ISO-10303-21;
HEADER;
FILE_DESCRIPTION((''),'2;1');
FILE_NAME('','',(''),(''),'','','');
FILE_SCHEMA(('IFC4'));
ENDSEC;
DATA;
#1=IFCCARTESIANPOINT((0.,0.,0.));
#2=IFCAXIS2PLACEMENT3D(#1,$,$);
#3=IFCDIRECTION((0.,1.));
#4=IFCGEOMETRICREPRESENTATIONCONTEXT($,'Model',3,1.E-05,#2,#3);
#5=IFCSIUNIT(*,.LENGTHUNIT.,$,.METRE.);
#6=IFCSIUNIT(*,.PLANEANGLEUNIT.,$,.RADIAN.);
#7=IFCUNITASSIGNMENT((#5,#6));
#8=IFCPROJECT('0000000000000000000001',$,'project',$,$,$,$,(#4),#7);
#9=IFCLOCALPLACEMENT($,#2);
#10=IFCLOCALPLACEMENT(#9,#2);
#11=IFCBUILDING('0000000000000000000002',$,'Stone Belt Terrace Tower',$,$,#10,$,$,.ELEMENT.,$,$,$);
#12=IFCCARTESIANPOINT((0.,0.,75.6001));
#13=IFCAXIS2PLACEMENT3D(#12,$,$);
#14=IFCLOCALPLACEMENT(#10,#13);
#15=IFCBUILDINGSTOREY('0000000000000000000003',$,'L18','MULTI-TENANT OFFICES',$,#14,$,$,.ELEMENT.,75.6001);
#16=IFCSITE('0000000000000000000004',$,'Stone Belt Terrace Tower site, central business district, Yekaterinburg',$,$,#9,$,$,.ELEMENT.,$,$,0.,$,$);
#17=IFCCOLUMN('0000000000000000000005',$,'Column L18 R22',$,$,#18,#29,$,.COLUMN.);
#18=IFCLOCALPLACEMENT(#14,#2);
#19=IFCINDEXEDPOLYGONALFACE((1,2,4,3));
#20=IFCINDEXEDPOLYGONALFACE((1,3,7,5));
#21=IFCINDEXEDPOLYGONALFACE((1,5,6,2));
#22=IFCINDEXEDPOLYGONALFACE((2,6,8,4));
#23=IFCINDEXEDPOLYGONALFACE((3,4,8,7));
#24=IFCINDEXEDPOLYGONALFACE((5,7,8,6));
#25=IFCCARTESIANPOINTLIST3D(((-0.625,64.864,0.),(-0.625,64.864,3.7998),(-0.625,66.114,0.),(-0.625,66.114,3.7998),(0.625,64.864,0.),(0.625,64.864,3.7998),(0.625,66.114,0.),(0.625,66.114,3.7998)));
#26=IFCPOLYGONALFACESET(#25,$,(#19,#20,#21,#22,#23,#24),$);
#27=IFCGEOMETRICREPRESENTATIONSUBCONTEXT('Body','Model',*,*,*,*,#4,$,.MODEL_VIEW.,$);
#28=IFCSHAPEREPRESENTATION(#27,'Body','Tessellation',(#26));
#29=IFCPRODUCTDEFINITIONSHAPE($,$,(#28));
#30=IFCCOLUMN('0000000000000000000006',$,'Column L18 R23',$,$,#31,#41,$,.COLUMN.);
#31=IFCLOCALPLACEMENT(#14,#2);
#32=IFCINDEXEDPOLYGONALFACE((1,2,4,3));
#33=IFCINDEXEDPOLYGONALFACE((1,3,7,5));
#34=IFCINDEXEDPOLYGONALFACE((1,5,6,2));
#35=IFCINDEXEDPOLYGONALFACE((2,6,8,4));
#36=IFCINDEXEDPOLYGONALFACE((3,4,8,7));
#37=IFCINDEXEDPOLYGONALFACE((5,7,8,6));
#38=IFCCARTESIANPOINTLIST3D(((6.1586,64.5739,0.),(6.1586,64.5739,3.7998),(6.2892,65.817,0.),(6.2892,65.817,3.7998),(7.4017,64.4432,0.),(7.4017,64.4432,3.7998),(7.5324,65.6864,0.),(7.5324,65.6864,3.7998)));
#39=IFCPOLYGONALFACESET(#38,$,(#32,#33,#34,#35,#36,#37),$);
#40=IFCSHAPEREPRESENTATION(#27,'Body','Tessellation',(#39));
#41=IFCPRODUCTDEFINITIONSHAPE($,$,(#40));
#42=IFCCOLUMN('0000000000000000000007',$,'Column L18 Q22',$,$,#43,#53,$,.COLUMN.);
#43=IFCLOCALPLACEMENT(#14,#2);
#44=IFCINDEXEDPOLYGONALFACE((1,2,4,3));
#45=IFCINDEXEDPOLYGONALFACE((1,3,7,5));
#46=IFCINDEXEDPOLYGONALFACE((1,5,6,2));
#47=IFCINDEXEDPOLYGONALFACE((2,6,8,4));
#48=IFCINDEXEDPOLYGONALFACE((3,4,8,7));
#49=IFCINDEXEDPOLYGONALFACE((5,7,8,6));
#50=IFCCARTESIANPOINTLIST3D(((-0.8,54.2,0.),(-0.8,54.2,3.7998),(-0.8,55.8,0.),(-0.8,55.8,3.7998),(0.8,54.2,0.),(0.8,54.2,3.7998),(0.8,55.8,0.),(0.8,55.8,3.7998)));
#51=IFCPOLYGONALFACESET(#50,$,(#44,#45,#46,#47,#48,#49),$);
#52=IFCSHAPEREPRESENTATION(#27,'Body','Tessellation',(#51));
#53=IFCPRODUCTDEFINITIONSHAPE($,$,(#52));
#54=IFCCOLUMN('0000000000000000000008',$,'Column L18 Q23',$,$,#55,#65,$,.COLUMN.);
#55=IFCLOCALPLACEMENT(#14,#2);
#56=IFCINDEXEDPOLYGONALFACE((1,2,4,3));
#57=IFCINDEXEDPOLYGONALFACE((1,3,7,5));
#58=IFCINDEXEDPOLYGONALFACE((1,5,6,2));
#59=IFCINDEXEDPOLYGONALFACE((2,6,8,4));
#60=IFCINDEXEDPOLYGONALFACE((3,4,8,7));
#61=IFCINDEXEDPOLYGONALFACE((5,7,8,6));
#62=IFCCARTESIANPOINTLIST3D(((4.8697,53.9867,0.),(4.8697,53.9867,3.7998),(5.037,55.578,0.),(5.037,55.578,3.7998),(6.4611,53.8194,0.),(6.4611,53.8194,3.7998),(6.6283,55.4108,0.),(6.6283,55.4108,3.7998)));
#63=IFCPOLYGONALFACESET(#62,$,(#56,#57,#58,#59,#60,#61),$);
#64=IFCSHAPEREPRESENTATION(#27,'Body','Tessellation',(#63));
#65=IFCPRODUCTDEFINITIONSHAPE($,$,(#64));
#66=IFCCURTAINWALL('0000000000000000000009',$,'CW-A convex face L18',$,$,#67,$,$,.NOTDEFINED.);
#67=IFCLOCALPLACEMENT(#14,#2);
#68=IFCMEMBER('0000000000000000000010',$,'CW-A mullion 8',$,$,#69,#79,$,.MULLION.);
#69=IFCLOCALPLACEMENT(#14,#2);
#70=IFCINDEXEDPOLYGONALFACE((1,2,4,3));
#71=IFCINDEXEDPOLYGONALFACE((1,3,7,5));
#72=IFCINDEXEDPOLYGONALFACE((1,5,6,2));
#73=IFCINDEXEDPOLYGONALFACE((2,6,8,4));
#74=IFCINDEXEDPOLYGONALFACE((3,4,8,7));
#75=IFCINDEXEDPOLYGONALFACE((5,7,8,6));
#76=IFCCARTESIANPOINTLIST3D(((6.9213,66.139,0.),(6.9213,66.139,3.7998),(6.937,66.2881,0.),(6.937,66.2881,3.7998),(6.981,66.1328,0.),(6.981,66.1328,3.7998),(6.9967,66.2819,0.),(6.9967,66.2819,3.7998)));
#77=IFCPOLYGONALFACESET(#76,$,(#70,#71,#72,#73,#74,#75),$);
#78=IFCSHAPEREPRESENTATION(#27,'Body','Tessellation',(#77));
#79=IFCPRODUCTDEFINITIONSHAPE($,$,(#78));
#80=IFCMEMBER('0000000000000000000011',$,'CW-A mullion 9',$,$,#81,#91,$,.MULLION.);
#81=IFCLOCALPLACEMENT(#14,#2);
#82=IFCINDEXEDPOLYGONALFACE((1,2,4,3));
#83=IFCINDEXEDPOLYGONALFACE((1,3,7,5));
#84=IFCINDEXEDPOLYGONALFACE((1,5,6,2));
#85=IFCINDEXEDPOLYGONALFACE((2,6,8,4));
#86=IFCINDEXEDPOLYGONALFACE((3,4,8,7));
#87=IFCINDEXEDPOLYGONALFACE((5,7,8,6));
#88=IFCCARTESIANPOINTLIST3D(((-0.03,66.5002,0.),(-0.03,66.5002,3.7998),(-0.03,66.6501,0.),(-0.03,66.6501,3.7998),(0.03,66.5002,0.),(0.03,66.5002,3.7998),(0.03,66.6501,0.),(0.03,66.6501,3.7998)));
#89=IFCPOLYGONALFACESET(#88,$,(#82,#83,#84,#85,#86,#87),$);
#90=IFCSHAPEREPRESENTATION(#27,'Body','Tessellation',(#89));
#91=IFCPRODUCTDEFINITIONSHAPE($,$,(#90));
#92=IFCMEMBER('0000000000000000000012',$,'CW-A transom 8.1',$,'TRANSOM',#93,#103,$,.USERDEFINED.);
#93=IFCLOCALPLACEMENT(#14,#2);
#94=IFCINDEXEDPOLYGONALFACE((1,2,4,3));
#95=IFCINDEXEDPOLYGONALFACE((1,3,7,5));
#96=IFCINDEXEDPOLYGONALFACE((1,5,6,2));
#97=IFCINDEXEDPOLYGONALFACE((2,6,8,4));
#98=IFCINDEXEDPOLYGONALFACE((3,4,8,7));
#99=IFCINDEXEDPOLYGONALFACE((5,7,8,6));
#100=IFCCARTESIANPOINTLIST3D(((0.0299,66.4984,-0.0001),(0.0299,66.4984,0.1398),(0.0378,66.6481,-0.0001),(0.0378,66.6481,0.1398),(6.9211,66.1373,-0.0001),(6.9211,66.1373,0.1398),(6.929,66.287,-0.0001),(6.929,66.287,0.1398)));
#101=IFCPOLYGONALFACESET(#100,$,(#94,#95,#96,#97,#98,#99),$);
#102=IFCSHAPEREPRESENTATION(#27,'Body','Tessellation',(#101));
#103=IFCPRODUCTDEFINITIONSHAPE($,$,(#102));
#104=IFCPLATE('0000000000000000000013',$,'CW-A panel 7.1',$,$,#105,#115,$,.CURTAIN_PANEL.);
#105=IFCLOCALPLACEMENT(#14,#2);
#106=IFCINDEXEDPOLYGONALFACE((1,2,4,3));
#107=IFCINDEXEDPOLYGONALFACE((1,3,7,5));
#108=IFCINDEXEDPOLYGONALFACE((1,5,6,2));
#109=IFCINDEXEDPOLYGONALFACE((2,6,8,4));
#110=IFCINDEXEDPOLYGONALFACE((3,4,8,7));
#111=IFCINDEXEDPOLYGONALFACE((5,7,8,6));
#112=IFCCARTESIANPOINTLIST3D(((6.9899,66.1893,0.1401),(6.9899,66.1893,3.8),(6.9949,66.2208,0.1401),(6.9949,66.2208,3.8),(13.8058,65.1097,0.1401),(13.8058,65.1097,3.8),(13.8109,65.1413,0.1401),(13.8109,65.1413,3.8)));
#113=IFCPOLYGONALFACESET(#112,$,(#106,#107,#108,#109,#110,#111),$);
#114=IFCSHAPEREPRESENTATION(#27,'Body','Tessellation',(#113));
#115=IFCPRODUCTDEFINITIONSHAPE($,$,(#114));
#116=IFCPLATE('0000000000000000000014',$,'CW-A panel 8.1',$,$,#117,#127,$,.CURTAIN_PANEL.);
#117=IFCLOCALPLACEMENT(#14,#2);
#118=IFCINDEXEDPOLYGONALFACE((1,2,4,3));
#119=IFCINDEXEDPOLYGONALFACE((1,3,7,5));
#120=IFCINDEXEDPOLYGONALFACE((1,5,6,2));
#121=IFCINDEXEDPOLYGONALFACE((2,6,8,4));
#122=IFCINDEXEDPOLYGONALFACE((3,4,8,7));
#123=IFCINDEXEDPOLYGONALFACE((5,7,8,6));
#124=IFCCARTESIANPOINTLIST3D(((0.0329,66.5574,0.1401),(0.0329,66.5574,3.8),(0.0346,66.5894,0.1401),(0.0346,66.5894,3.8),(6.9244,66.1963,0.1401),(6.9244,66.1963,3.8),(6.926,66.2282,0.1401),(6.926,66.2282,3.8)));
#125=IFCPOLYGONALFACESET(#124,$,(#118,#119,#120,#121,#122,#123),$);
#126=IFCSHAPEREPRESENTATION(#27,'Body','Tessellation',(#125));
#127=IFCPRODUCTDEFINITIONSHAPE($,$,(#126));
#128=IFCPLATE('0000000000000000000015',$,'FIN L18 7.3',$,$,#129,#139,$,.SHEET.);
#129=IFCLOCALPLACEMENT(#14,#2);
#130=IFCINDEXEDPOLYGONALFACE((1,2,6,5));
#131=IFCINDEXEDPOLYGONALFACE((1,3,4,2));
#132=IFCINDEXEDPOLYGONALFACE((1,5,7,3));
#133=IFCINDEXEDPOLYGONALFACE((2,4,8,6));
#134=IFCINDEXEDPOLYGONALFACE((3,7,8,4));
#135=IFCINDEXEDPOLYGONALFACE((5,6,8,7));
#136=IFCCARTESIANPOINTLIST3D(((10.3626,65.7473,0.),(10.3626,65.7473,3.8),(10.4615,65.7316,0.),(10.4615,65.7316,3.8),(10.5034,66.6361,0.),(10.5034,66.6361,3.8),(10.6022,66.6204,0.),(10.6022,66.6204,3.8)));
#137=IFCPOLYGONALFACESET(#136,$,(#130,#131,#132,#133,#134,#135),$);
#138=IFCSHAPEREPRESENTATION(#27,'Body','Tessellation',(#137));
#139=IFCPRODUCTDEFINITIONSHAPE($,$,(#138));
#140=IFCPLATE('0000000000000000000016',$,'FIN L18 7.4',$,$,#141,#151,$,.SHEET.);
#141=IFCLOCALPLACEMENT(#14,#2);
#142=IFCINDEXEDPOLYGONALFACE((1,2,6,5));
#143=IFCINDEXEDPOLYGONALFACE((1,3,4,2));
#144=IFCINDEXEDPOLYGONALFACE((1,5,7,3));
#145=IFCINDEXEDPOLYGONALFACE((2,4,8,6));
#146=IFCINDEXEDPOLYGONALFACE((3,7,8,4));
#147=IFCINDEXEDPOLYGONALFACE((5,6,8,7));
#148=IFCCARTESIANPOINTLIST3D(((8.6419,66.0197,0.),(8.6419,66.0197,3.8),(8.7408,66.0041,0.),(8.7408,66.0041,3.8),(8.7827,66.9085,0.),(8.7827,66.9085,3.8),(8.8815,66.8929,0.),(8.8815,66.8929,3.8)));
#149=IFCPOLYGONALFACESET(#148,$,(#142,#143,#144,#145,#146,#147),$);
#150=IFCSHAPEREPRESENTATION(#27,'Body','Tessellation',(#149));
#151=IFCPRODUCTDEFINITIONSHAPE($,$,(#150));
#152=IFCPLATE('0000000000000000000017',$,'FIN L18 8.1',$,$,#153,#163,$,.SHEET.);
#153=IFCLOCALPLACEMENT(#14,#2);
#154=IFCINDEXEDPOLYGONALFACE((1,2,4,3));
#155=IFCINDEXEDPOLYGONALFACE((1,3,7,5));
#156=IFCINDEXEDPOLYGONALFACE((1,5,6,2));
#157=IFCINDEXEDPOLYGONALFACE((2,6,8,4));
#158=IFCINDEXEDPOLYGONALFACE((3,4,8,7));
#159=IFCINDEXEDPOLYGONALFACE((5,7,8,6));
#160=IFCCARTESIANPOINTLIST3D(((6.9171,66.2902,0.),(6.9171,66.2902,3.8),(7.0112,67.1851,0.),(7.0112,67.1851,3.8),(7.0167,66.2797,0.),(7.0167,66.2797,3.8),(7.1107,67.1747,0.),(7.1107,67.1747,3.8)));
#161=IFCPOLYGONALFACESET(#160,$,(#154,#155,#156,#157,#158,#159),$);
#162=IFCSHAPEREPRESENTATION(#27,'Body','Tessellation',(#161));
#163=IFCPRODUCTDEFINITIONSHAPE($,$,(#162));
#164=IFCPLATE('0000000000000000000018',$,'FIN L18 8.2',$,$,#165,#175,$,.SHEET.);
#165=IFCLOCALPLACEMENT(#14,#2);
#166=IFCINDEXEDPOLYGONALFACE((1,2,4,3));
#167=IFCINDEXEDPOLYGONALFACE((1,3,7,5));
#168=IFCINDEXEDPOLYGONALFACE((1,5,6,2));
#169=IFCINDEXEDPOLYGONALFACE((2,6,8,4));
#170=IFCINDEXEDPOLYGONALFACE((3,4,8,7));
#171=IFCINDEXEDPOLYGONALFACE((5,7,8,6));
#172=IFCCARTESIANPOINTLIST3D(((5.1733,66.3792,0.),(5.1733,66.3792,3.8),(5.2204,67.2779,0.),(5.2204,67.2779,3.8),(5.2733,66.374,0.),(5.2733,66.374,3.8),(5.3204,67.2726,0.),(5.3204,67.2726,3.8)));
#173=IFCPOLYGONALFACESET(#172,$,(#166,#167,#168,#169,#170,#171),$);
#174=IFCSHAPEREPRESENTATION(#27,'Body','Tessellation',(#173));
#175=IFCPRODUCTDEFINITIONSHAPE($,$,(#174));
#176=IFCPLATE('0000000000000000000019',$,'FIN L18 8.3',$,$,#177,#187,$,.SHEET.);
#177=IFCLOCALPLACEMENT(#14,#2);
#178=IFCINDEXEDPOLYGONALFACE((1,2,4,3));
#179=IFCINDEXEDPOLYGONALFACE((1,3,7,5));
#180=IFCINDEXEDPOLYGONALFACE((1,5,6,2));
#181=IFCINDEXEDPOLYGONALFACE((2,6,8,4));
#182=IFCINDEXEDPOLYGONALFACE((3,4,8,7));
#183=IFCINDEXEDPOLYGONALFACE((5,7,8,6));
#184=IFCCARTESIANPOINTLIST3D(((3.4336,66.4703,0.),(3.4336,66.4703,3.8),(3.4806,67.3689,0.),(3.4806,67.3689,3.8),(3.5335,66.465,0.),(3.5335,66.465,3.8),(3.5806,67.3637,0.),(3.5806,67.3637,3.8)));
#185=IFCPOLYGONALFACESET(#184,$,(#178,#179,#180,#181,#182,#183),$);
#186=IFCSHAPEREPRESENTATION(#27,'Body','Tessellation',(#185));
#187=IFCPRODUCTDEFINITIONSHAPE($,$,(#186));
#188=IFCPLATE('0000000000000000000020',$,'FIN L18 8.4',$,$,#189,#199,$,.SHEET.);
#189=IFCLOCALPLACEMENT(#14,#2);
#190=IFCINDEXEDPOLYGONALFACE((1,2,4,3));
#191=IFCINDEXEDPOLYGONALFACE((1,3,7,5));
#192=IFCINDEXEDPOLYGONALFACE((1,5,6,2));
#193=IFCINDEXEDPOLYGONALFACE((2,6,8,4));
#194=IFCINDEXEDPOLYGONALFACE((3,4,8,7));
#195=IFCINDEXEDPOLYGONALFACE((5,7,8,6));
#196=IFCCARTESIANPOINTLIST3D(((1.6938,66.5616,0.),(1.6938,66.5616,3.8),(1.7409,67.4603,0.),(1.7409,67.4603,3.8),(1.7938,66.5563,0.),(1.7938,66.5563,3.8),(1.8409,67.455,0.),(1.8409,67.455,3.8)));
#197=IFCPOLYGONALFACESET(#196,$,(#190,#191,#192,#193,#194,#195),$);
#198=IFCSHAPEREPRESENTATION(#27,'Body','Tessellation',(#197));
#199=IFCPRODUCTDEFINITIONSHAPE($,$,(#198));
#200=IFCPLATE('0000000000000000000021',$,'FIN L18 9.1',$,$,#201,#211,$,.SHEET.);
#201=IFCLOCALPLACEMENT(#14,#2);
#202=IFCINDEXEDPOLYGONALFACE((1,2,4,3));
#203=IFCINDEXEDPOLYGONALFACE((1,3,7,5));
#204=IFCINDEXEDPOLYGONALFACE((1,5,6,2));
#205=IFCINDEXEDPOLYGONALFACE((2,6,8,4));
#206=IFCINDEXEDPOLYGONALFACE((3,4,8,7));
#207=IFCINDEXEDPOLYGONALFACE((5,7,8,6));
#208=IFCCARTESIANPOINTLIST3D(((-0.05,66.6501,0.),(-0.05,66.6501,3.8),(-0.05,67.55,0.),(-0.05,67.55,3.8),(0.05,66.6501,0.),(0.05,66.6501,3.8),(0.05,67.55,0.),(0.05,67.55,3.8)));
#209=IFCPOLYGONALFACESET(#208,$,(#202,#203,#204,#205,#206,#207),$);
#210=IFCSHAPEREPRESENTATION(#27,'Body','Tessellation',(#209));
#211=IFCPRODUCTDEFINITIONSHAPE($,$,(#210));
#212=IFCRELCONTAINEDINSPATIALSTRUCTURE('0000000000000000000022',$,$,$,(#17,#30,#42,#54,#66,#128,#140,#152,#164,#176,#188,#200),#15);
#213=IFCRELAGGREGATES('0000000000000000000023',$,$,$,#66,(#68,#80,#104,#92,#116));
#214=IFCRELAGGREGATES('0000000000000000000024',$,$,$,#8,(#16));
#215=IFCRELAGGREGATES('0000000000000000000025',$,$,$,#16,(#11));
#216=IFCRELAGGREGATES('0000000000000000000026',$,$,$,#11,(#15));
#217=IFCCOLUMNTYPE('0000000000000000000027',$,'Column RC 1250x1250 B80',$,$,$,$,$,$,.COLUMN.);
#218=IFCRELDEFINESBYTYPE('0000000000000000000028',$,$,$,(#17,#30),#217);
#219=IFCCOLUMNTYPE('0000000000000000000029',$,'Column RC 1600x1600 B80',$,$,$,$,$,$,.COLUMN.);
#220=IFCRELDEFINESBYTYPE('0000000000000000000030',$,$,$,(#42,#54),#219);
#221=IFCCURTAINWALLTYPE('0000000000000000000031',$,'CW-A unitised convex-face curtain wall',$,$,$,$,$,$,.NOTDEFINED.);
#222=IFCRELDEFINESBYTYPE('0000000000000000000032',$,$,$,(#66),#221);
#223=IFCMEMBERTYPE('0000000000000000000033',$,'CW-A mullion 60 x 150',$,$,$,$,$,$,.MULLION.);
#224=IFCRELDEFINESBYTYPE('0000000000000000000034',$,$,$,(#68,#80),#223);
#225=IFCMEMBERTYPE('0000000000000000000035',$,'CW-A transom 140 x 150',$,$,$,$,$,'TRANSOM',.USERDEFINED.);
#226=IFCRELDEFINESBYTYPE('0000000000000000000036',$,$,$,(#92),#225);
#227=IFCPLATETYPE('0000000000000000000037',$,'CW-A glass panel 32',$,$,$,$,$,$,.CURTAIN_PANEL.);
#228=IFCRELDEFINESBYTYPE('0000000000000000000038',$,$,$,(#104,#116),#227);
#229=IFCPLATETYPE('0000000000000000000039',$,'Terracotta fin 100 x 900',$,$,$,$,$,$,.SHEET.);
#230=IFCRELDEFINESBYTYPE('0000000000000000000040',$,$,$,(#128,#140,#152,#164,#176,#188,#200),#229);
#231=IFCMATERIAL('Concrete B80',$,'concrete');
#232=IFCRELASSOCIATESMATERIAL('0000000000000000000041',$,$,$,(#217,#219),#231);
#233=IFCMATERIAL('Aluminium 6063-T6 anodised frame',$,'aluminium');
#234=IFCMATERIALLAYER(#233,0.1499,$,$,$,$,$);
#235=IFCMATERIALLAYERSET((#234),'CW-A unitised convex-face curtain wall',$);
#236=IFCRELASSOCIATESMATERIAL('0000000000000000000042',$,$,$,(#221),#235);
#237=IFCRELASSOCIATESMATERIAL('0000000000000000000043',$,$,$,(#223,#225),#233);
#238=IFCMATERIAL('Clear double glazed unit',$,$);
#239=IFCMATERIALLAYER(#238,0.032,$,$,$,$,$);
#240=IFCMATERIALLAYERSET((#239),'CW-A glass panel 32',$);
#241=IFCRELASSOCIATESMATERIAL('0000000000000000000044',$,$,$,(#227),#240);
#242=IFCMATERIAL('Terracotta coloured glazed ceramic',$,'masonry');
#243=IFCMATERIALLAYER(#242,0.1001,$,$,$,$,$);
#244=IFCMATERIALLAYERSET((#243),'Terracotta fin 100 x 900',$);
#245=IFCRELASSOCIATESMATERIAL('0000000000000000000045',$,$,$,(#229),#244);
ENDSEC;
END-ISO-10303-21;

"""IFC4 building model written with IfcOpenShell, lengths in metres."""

from ifc_helpers import new_model, si_unit, direction, frame, origin, origin_2d, place, context, subcontext, project, spatial, rectangle, extrude, material, layer, layer_set, material_profile, profile_set, type_object, element, aggregate, save


model = new_model("IFC4")

# Units and contexts
model_context = context("Model", 3, precision=1e-05, world=origin(), true_north=direction((0.0, 1.0)))
body_context = subcontext(model_context, "Body", "Model", "MODEL_VIEW")
ifc_project = project(units=[si_unit("LENGTHUNIT", "METRE"), si_unit("PLANEANGLEUNIT", "RADIAN")], contexts=[model_context])

# Site, building, storey
site_placement = place(None, origin())
site = spatial("IfcSite", under=ifc_project, at=site_placement, Name="Stone Belt Terrace Tower site, central business district, Yekaterinburg", CompositionType="ELEMENT", RefElevation=0.0)
building_placement = place(site_placement, origin())
building = spatial("IfcBuilding", under=site, at=building_placement, Name="Stone Belt Terrace Tower", CompositionType="ELEMENT")
storey_placement = place(building_placement, frame((0.0, 0.0, 75.6001)))
storey = spatial("IfcBuildingStorey", under=building, at=storey_placement, Name="L18", Description="MULTI-TENANT OFFICES", CompositionType="ELEMENT", Elevation=75.6001)

# Columns
ifc_material_1 = material(Name="Concrete B80", Category="concrete")
ifc_material_profile_1 = material_profile(ifc_material_1, rectangle(XDim=1.25, YDim=1.25, at=origin_2d()), Name="RC 1250x1250")
ifc_profile_set_1 = profile_set([ifc_material_profile_1], Name="Concrete B80")
column_type_1 = type_object("IfcColumnType", Name="Column RC 1250x1250 B80", PredefinedType="COLUMN", material=ifc_profile_set_1)
for number, where, z_axis, x_axis, name in (
    (1, (0.0, 65.489, 0.0), (0.0, 0.0, 1.0), (1.0, 0.0, 0.0), "Column L18 R22"),
    (2, (6.8455, 65.1301, 0.0), (0.0, 0.0, 1.0), (0.994522, -0.104528, 0.0), "Column L18 R23"),
):
    element("IfcColumn", number, at=place(storey_placement, frame(where, z_axis=z_axis, x_axis=x_axis)), inside=storey, type_object=column_type_1, Name=name, PredefinedType="COLUMN", context=body_context, shape_type="SweptSolid", body=[
        extrude(rectangle(XDim=1.25, YDim=1.25, at=origin_2d()), origin(), (0.0, 0.0, 1.0), 3.7998),
    ])
ifc_material_profile_2 = material_profile(ifc_material_1, rectangle(XDim=1.6001, YDim=1.6001, at=origin_2d()), Name="RC 1600x1600")
ifc_profile_set_2 = profile_set([ifc_material_profile_2], Name="Concrete B80")
column_type_2 = type_object("IfcColumnType", Name="Column RC 1600x1600 B80", PredefinedType="COLUMN", material=ifc_profile_set_2)
for number, where, z_axis, x_axis, name in (
    (3, (0.0, 55.0, 0.0), (0.0, 0.0, 1.0), (1.0, 0.0, 0.0), "Column L18 Q22"),
    (4, (5.749, 54.6987, 0.0), (0.0, 0.0, 1.0), (0.994522, -0.104528, 0.0), "Column L18 Q23"),
):
    element("IfcColumn", number, at=place(storey_placement, frame(where, z_axis=z_axis, x_axis=x_axis)), inside=storey, type_object=column_type_2, Name=name, PredefinedType="COLUMN", context=body_context, shape_type="SweptSolid", body=[
        extrude(rectangle(XDim=1.6001, YDim=1.6001, at=origin_2d()), origin(), (0.0, 0.0, 1.0), 3.7998),
    ])

# Curtain wall, members, plates
ifc_material_2 = material(Name="Aluminium 6063-T6 anodised frame", Category="aluminium")
ifc_layer_1 = layer(ifc_material_2, 0.1499)
ifc_layer_set_1 = layer_set([ifc_layer_1], Name="CW-A unitised convex-face curtain wall")
curtain_wall_type = type_object("IfcCurtainWallType", Name="CW-A unitised convex-face curtain wall", PredefinedType="NOTDEFINED", material=ifc_layer_set_1)
curtain_wall_placement = place(storey_placement, origin())
curtain_wall = element("IfcCurtainWall", 5, at=curtain_wall_placement, inside=storey, type_object=curtain_wall_type, Name="CW-A convex face L18", PredefinedType="NOTDEFINED")
ifc_material_profile_3 = material_profile(ifc_material_2, rectangle(XDim=0.1499, YDim=0.0601, at=origin_2d()), Name="Aluminium 6063-T6 60x150")
ifc_profile_set_3 = profile_set([ifc_material_profile_3], Name="Aluminium 6063-T6 anodised frame")
member_type_1 = type_object("IfcMemberType", Name="CW-A mullion 60 x 150", PredefinedType="MULLION", material=ifc_profile_set_3)
member_1_placement = place(storey_placement, frame((6.959, 66.2104, 0.0), z_axis=(0.0, 0.0, 1.0), x_axis=(-0.104528, -0.994522, 0.0)))
member_1 = element("IfcMember", 6, at=member_1_placement, type_object=member_type_1, Name="CW-A mullion 8", PredefinedType="MULLION", context=body_context, shape_type="SweptSolid", body=[
    extrude(rectangle(XDim=0.1499, YDim=0.0601, at=origin_2d()), origin(), (0.0, 0.0, 1.0), 3.7998),
])
member_2_placement = place(storey_placement, frame((0.0, 66.5752, 0.0), z_axis=(0.0, 0.0, 1.0), x_axis=(0.0, -1.0, 0.0)))
member_2 = element("IfcMember", 7, at=member_2_placement, type_object=member_type_1, Name="CW-A mullion 9", PredefinedType="MULLION", context=body_context, shape_type="SweptSolid", body=[
    extrude(rectangle(XDim=0.1499, YDim=0.0601, at=origin_2d()), origin(), (0.0, 0.0, 1.0), 3.7998),
])
ifc_material_profile_4 = material_profile(ifc_material_2, rectangle(XDim=0.1499, YDim=0.1399, at=origin_2d()), Name="Aluminium 6063-T6 150x140")
ifc_profile_set_4 = profile_set([ifc_material_profile_4], Name="Aluminium 6063-T6 anodised frame")
member_type_2 = type_object("IfcMemberType", Name="CW-A transom 140 x 150", ElementType="TRANSOM", PredefinedType="USERDEFINED", material=ifc_profile_set_4)
member_3_placement = place(storey_placement, frame((6.925, 66.2122, 0.0698), z_axis=(-0.99863, 0.052327, 0.0), x_axis=(-0.052327, -0.99863, 0.0)))
member_3 = element("IfcMember", 8, at=member_3_placement, type_object=member_type_2, Name="CW-A transom 8.1", ObjectType="TRANSOM", PredefinedType="USERDEFINED", context=body_context, shape_type="SweptSolid", body=[
    extrude(rectangle(XDim=0.1499, YDim=0.1399, at=origin_2d()), origin(), (0.0, 0.0, 1.0), 6.9006),
])
ifc_material_3 = material(Name="Clear double glazed unit")
ifc_layer_2 = layer(ifc_material_3, 0.032)
ifc_layer_set_2 = layer_set([ifc_layer_2], Name="CW-A glass panel 32")
plate_type_1 = type_object("IfcPlateType", Name="CW-A glass panel 32", PredefinedType="CURTAIN_PANEL", material=ifc_layer_set_2)
plate_1_placement = place(storey_placement, frame((10.4004, 65.6653, 0.1401), z_axis=(0.0, 0.0, 1.0), x_axis=(-0.987688, 0.156434, 0.0)))
plate_1 = element("IfcPlate", 9, at=plate_1_placement, type_object=plate_type_1, Name="CW-A panel 7.1", PredefinedType="CURTAIN_PANEL", context=body_context, shape_type="SweptSolid", body=[
    extrude(rectangle(XDim=6.9009, YDim=0.032, at=origin_2d()), origin(), (0.0, 0.0, 1.0), 3.6599),
])
plate_2_placement = place(storey_placement, frame((3.4795, 66.3928, 0.1401), z_axis=(0.0, 0.0, 1.0), x_axis=(-0.99863, 0.052336, 0.0)))
plate_2 = element("IfcPlate", 10, at=plate_2_placement, type_object=plate_type_1, Name="CW-A panel 8.1", PredefinedType="CURTAIN_PANEL", context=body_context, shape_type="SweptSolid", body=[
    extrude(rectangle(XDim=6.9009, YDim=0.032, at=origin_2d()), origin(), (0.0, 0.0, 1.0), 3.6599),
])
aggregate(curtain_wall, [member_1, member_2, plate_1, member_3, plate_2])

# Plates
ifc_material_4 = material(Name="Terracotta coloured glazed ceramic", Category="masonry")
ifc_layer_3 = layer(ifc_material_4, 0.1001)
ifc_layer_set_3 = layer_set([ifc_layer_3], Name="Terracotta fin 100 x 900")
plate_type_2 = type_object("IfcPlateType", Name="Terracotta fin 100 x 900", PredefinedType="SHEET", material=ifc_layer_set_3)
for number, where, z_axis, x_axis, name in (
    (11, (10.4824, 66.1838, 0.0), (0.0, 0.0, 1.0), (0.156434, 0.987688, 0.0), "FIN L18 7.3"),
    (12, (8.7617, 66.4563, 0.0), (0.0, 0.0, 1.0), (0.156434, 0.987688, 0.0), "FIN L18 7.4"),
    (13, (7.0139, 66.7324, 0.0), (0.0, 0.0, 1.0), (0.104528, 0.994522, 0.0), "FIN L18 8.1"),
    (14, (5.2468, 66.8259, 0.0), (0.0, 0.0, 1.0), (0.052336, 0.99863, 0.0), "FIN L18 8.2"),
    (15, (3.5071, 66.917, 0.0), (0.0, 0.0, 1.0), (0.052336, 0.99863, 0.0), "FIN L18 8.3"),
    (16, (1.7673, 67.0083, 0.0), (0.0, 0.0, 1.0), (0.052336, 0.99863, 0.0), "FIN L18 8.4"),
    (17, (0.0, 67.1001, 0.0), (0.0, 0.0, 1.0), (0.0, 1.0, 0.0), "FIN L18 9.1"),
):
    element("IfcPlate", number, at=place(storey_placement, frame(where, z_axis=z_axis, x_axis=x_axis)), inside=storey, type_object=plate_type_2, Name=name, PredefinedType="SHEET", context=body_context, shape_type="SweptSolid", body=[
        extrude(rectangle(XDim=0.8999, YDim=0.1001, at=origin_2d()), origin(), (0.0, 0.0, 1.0), 3.8),
    ])

save(model, "model.ifc")
